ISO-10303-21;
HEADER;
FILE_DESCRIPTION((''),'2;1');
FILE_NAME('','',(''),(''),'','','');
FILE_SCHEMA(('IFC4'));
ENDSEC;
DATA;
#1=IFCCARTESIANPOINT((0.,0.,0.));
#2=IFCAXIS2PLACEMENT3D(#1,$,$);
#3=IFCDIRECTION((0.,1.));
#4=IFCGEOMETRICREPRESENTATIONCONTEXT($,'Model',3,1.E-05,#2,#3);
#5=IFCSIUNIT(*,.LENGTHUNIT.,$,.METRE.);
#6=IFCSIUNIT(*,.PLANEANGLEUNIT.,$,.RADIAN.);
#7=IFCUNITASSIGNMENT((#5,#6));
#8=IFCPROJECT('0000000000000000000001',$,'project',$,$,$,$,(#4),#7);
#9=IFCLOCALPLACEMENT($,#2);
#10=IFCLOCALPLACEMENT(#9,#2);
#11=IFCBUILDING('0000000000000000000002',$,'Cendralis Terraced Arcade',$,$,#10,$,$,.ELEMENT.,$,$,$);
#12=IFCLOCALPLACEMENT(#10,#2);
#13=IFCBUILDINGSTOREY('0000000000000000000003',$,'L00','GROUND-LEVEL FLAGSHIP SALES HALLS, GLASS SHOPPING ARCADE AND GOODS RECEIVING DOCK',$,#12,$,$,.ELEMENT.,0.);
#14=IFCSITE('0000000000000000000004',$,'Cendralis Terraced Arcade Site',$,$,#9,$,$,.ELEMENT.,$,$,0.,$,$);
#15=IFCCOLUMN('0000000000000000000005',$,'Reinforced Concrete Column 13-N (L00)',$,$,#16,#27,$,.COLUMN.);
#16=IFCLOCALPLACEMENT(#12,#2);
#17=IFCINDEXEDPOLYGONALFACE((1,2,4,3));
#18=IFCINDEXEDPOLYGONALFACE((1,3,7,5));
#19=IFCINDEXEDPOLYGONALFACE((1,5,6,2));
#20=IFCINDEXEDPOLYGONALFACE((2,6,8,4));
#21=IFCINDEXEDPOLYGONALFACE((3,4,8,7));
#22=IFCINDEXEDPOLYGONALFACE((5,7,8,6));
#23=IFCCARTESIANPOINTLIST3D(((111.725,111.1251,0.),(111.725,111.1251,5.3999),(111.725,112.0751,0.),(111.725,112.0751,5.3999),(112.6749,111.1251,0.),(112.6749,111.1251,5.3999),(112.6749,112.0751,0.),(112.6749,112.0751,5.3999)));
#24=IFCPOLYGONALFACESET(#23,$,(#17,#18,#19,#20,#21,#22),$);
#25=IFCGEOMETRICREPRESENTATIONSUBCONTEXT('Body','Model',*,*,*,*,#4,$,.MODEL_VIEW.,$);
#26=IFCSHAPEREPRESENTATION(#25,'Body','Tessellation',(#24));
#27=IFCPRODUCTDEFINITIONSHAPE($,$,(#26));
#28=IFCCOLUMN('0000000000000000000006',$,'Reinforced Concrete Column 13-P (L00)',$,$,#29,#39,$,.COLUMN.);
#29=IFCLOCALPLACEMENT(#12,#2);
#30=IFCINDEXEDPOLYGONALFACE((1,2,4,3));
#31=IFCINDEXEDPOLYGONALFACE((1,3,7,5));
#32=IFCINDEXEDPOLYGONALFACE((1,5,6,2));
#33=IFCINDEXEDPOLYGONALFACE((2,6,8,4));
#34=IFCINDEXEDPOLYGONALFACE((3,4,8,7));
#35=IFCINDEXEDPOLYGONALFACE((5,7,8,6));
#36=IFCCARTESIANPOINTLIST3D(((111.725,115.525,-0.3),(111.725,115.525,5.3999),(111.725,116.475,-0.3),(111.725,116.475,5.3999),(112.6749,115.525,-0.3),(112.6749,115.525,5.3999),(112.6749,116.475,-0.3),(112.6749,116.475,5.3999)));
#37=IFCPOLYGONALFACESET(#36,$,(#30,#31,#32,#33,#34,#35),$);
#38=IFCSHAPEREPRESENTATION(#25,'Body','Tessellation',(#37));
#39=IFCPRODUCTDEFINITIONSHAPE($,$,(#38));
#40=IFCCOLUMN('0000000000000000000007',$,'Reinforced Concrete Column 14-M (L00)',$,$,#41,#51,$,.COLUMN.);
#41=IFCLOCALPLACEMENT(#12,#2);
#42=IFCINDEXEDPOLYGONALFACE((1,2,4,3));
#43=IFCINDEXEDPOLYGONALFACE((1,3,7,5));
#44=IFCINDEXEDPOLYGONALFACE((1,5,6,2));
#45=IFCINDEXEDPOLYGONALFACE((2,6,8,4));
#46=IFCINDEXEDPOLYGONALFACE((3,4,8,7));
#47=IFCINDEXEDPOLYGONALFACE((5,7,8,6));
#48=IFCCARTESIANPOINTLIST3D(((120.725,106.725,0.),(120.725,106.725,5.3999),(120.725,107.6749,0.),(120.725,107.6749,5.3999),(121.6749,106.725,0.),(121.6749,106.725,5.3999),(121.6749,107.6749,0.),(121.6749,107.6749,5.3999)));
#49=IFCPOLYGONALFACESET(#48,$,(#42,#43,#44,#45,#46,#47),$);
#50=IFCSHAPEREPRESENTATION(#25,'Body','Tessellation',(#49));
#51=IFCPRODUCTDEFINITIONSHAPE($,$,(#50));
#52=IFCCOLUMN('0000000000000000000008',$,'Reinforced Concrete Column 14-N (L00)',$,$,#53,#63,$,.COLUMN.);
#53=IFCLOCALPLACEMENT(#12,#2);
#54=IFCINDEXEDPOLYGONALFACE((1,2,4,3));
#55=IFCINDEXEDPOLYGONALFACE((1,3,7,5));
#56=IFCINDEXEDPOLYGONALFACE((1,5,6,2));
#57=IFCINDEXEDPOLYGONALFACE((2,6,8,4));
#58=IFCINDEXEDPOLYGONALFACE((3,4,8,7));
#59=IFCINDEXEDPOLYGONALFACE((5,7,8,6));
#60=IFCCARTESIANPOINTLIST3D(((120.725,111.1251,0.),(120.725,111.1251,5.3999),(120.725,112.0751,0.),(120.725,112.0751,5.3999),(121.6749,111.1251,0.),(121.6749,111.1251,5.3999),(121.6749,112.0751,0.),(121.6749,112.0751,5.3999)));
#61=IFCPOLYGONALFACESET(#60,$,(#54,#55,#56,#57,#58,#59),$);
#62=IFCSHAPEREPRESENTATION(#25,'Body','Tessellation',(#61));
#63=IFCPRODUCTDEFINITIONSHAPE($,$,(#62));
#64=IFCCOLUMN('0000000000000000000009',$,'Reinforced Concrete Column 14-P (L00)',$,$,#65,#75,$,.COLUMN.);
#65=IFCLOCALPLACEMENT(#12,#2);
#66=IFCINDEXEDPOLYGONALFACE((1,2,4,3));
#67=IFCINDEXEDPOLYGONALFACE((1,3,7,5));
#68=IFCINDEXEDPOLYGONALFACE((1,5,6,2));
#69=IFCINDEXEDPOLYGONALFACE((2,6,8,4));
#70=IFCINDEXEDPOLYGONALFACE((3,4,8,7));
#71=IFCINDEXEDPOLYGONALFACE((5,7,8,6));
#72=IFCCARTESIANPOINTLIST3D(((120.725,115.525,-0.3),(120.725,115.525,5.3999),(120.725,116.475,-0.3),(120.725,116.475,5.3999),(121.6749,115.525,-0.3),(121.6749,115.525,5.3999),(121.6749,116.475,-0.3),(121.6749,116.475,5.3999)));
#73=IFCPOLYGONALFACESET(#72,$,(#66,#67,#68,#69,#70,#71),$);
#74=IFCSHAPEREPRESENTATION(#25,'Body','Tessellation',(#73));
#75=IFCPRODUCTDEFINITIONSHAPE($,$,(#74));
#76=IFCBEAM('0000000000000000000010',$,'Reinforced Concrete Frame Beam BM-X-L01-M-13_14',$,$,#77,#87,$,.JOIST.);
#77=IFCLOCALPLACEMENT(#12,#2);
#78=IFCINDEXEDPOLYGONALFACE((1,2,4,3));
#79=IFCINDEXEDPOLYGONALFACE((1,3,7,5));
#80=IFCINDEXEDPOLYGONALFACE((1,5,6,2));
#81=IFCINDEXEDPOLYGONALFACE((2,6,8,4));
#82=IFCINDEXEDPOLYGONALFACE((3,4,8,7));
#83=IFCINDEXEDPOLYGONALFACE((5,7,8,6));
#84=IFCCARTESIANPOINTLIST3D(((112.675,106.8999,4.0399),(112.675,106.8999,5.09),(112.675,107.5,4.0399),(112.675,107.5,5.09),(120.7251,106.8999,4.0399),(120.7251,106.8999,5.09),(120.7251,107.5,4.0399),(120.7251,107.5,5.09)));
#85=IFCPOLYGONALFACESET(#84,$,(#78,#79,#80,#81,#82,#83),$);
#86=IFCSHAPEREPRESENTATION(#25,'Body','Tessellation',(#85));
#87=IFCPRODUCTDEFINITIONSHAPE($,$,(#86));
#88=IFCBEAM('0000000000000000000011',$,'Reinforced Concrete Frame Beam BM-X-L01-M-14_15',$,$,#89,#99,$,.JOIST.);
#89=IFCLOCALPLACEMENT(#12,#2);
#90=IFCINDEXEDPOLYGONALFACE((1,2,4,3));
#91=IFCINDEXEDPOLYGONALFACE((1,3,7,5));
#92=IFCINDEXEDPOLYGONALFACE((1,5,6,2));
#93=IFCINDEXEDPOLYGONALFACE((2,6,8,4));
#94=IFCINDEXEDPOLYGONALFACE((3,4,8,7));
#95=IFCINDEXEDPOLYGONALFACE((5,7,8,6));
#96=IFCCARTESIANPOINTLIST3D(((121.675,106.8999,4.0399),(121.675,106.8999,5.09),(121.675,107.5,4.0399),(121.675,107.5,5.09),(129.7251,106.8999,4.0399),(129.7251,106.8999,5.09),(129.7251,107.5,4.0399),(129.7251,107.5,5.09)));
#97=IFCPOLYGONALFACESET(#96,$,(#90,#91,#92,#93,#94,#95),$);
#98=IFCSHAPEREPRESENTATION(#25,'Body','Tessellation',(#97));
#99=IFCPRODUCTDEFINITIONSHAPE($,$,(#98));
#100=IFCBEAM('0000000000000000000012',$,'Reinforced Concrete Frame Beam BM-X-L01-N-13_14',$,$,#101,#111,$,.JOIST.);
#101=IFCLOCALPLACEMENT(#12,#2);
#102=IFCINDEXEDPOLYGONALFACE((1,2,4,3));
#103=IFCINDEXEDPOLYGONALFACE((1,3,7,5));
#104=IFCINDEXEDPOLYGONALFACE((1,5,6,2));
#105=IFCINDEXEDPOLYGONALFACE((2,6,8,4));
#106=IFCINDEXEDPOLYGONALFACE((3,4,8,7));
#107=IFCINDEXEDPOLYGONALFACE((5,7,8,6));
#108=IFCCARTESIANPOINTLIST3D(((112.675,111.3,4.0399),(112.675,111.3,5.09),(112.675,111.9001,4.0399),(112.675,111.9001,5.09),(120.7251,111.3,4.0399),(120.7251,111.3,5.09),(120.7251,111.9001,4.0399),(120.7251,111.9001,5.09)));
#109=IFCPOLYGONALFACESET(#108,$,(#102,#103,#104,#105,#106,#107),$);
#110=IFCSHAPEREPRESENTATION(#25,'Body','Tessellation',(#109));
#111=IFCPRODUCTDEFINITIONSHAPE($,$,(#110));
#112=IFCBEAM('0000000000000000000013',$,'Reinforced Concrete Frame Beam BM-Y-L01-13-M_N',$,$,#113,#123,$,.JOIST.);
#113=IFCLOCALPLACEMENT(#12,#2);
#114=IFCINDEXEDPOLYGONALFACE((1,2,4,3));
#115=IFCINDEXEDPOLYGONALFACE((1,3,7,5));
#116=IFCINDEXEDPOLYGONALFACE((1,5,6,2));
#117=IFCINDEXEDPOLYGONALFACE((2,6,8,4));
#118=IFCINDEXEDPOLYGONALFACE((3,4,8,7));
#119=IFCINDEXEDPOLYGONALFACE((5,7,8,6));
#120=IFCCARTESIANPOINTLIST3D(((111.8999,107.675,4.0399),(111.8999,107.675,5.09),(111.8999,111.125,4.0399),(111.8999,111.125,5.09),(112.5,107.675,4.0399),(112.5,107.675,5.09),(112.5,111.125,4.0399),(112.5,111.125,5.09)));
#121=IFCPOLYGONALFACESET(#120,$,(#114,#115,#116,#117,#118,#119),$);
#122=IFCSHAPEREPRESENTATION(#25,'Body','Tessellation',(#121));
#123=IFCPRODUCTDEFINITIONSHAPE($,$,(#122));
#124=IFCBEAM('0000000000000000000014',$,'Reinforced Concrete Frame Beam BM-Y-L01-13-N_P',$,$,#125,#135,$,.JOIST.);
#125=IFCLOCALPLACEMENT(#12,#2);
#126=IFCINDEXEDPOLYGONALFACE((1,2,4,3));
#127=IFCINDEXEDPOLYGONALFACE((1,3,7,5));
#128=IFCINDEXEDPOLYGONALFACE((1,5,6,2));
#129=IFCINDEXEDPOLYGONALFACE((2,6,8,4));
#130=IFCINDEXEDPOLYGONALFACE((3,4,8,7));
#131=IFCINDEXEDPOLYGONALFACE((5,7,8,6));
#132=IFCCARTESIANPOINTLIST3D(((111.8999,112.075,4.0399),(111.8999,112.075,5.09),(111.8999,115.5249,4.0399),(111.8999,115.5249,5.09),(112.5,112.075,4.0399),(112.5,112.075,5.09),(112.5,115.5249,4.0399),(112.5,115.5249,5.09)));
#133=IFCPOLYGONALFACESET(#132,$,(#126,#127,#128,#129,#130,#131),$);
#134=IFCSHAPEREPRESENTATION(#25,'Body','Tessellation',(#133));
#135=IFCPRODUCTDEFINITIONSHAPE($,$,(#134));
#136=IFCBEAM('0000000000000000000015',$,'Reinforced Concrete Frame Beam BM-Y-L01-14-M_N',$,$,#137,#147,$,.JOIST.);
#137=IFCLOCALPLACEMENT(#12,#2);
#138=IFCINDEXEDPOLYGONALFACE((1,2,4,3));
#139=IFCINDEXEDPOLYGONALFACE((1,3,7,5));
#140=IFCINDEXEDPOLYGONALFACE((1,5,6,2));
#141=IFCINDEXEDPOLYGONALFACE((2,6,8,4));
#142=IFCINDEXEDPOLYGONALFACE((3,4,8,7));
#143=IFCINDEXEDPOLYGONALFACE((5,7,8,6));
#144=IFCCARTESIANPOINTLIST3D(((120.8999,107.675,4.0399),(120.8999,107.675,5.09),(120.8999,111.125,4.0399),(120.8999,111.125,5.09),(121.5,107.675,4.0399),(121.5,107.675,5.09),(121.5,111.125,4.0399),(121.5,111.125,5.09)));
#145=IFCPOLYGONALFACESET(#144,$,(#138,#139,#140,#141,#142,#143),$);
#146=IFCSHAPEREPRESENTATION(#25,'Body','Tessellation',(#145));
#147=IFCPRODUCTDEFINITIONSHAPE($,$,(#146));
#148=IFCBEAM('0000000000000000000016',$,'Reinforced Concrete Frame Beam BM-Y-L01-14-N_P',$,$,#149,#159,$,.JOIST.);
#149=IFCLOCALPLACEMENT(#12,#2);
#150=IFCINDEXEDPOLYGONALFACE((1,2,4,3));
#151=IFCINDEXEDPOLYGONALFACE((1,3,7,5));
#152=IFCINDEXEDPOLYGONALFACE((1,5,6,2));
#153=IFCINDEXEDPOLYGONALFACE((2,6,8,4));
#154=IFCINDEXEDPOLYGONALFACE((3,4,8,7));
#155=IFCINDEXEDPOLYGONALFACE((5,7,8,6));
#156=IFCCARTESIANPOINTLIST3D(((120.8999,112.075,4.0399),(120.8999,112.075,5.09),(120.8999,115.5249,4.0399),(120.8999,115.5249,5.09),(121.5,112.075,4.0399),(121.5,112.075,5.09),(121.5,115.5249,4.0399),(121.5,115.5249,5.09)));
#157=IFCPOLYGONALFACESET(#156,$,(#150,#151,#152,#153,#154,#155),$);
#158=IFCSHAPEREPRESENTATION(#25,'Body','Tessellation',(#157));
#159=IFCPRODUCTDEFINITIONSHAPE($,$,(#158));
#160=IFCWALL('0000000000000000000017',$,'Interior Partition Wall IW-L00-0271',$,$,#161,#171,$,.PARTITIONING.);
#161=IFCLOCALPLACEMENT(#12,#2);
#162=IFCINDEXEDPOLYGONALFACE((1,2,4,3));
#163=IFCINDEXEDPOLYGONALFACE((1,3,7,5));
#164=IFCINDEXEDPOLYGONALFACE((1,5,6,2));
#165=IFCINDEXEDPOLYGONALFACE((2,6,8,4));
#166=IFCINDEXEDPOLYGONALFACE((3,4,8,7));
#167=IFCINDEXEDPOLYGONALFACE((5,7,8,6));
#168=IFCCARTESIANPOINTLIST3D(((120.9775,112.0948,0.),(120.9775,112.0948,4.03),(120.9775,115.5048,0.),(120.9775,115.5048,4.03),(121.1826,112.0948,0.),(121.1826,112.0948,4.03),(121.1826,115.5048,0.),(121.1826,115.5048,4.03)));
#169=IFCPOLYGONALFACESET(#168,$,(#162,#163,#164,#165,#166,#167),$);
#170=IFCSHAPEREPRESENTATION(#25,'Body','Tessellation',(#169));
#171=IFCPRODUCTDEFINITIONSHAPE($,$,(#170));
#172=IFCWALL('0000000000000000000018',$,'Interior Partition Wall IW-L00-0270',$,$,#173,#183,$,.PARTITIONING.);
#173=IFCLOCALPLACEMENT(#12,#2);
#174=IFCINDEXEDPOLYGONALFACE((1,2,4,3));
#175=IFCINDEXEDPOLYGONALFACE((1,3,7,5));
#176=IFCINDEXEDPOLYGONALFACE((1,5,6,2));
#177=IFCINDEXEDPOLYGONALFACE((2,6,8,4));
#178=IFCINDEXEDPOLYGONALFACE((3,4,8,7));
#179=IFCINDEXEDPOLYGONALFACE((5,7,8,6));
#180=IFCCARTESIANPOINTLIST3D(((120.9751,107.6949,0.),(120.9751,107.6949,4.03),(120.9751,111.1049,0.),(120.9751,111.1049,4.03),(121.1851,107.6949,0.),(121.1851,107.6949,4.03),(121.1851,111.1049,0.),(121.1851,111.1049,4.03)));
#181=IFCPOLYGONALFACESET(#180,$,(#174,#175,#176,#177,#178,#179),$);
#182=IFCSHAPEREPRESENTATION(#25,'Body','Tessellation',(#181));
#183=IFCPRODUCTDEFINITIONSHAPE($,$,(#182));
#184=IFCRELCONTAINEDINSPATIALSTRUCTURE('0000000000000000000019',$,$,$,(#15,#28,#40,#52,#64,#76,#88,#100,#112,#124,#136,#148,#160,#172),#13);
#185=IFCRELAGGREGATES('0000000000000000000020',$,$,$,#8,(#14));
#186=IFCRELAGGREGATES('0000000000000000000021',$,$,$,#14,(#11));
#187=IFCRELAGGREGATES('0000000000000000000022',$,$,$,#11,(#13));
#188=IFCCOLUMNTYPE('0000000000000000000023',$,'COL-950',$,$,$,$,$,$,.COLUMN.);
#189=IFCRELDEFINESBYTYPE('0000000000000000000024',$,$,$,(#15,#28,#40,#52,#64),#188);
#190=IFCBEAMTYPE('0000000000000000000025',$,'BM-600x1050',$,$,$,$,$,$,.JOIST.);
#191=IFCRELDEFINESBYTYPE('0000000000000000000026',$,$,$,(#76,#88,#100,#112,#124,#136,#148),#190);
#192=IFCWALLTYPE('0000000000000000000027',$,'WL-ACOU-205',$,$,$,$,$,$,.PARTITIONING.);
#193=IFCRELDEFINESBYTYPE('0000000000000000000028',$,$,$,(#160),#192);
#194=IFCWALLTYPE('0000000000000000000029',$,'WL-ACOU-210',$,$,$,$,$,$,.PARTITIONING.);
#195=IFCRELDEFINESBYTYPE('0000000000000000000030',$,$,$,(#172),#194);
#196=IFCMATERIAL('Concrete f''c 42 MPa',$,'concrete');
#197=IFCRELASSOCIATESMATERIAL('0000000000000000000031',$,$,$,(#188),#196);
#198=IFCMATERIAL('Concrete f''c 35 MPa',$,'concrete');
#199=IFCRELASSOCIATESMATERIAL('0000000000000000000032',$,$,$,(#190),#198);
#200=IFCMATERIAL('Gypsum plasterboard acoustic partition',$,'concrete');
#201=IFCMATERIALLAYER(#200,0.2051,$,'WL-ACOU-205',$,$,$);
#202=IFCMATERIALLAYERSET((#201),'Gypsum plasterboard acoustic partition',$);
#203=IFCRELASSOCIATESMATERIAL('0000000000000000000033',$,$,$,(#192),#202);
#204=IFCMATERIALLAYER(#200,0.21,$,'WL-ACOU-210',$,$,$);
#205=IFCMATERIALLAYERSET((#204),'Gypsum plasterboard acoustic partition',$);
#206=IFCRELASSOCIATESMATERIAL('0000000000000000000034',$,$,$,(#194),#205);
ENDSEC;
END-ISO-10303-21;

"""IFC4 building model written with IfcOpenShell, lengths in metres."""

from ifc_helpers import new_model, si_unit, direction, frame, frame_2d, origin, origin_2d, place, context, subcontext, project, spatial, rectangle, extrude, material, layer, layer_set, material_profile, profile_set, type_object, element, save


model = new_model("IFC4")

# Units and contexts
model_context = context("Model", 3, precision=1e-05, world=origin(), true_north=direction((0.0, 1.0)))
body_context = subcontext(model_context, "Body", "Model", "MODEL_VIEW")
ifc_project = project(units=[si_unit("LENGTHUNIT", "METRE"), si_unit("PLANEANGLEUNIT", "RADIAN")], contexts=[model_context])

# Site, building, storey
site_placement = place(None, origin())
site = spatial("IfcSite", under=ifc_project, at=site_placement, Name="Cendralis Terraced Arcade Site", CompositionType="ELEMENT", RefElevation=0.0)
building_placement = place(site_placement, origin())
building = spatial("IfcBuilding", under=site, at=building_placement, Name="Cendralis Terraced Arcade", CompositionType="ELEMENT")
storey_placement = place(building_placement, origin())
storey = spatial("IfcBuildingStorey", under=building, at=storey_placement, Name="L00", Description="GROUND-LEVEL FLAGSHIP SALES HALLS, GLASS SHOPPING ARCADE AND GOODS RECEIVING DOCK", CompositionType="ELEMENT", Elevation=0.0)

# Shared definitions
ifc_material_1 = material(Name="Concrete f'c 35 MPa", Category="concrete")

# Columns
ifc_material_2 = material(Name="Concrete f'c 42 MPa", Category="concrete")
ifc_material_profile_1 = material_profile(ifc_material_2, rectangle(XDim=0.95, YDim=0.95, at=origin_2d()), Name="RC-COL-950x950", Category="LoadBearing")
ifc_profile_set_1 = profile_set([ifc_material_profile_1], Name="Concrete f'c 42 MPa")
column_type = type_object("IfcColumnType", Name="COL-950", PredefinedType="COLUMN", material=ifc_profile_set_1)
for number, where, z_axis, x_axis, name in (
    (1, (112.2, 111.6001, 0.0), (0.0, 0.0, 1.0), (1.0, 0.0, 0.0), "Reinforced Concrete Column 13-N (L00)"),
):
    element("IfcColumn", number, at=place(storey_placement, frame(where, z_axis=z_axis, x_axis=x_axis)), inside=storey, type_object=column_type, Name=name, PredefinedType="COLUMN", context=body_context, shape_type="SweptSolid", body=[
        extrude(rectangle(XDim=0.95, YDim=0.95, at=origin_2d()), origin(), (0.0, 0.0, 1.0), 5.3999),
    ])
column_1_placement = place(storey_placement, frame((112.2, 116.0, -0.3), z_axis=(0.0, 0.0, 1.0), x_axis=(1.0, 0.0, 0.0)))
element("IfcColumn", 2, at=column_1_placement, inside=storey, type_object=column_type, Name="Reinforced Concrete Column 13-P (L00)", PredefinedType="COLUMN", context=body_context, shape_type="SweptSolid", body=[
    extrude(rectangle(XDim=0.95, YDim=0.95, at=origin_2d()), origin(), (0.0, 0.0, 1.0), 5.7),
])
for number, where, z_axis, x_axis, name in (
    (3, (121.2, 107.2, 0.0), (0.0, 0.0, 1.0), (1.0, 0.0, 0.0), "Reinforced Concrete Column 14-M (L00)"),
    (4, (121.2, 111.6001, 0.0), (0.0, 0.0, 1.0), (1.0, 0.0, 0.0), "Reinforced Concrete Column 14-N (L00)"),
):
    element("IfcColumn", number, at=place(storey_placement, frame(where, z_axis=z_axis, x_axis=x_axis)), inside=storey, type_object=column_type, Name=name, PredefinedType="COLUMN", context=body_context, shape_type="SweptSolid", body=[
        extrude(rectangle(XDim=0.95, YDim=0.95, at=origin_2d()), origin(), (0.0, 0.0, 1.0), 5.3999),
    ])
column_2_placement = place(storey_placement, frame((121.2, 116.0, -0.3), z_axis=(0.0, 0.0, 1.0), x_axis=(1.0, 0.0, 0.0)))
element("IfcColumn", 5, at=column_2_placement, inside=storey, type_object=column_type, Name="Reinforced Concrete Column 14-P (L00)", PredefinedType="COLUMN", context=body_context, shape_type="SweptSolid", body=[
    extrude(rectangle(XDim=0.95, YDim=0.95, at=origin_2d()), origin(), (0.0, 0.0, 1.0), 5.7),
])

# Beams
ifc_material_profile_2 = material_profile(ifc_material_1, rectangle(XDim=0.6001, YDim=1.05, at=origin_2d()), Name="RC-BM-600x1050", Category="LoadBearing")
ifc_profile_set_2 = profile_set([ifc_material_profile_2], Name="Concrete f'c 35 MPa")
beam_type = type_object("IfcBeamType", Name="BM-600x1050", PredefinedType="JOIST", material=ifc_profile_set_2)
for number, where, z_axis, x_axis, name in (
    (6, (112.675, 107.2, 4.5649), (1.0, 0.0, 0.0), (0.0, 1.0, 0.0), "Reinforced Concrete Frame Beam BM-X-L01-M-13_14"),
    (7, (121.675, 107.2, 4.5649), (1.0, 0.0, 0.0), (0.0, 1.0, 0.0), "Reinforced Concrete Frame Beam BM-X-L01-M-14_15"),
    (8, (112.675, 111.6001, 4.5649), (1.0, 0.0, 0.0), (0.0, 1.0, 0.0), "Reinforced Concrete Frame Beam BM-X-L01-N-13_14"),
):
    element("IfcBeam", number, at=place(storey_placement, frame(where, z_axis=z_axis, x_axis=x_axis)), inside=storey, type_object=beam_type, Name=name, PredefinedType="JOIST", context=body_context, shape_type="SweptSolid", body=[
        extrude(rectangle(XDim=0.6001, YDim=1.05, at=origin_2d()), origin(), (0.0, 0.0, 1.0), 8.05),
    ])
for number, where, z_axis, x_axis, name in (
    (9, (112.2, 107.675, 4.5649), (0.0, 1.0, 0.0), (-1.0, 0.0, 0.0), "Reinforced Concrete Frame Beam BM-Y-L01-13-M_N"),
    (10, (112.2, 112.075, 4.5649), (0.0, 1.0, 0.0), (-1.0, 0.0, 0.0), "Reinforced Concrete Frame Beam BM-Y-L01-13-N_P"),
    (11, (121.2, 107.675, 4.5649), (0.0, 1.0, 0.0), (-1.0, 0.0, 0.0), "Reinforced Concrete Frame Beam BM-Y-L01-14-M_N"),
    (12, (121.2, 112.075, 4.5649), (0.0, 1.0, 0.0), (-1.0, 0.0, 0.0), "Reinforced Concrete Frame Beam BM-Y-L01-14-N_P"),
):
    element("IfcBeam", number, at=place(storey_placement, frame(where, z_axis=z_axis, x_axis=x_axis)), inside=storey, type_object=beam_type, Name=name, PredefinedType="JOIST", context=body_context, shape_type="SweptSolid", body=[
        extrude(rectangle(XDim=0.6001, YDim=1.05, at=origin_2d()), origin(), (0.0, 0.0, 1.0), 3.45),
    ])

# Walls
ifc_material_3 = material(Name="Gypsum plasterboard acoustic partition", Category="concrete")
ifc_layer_1 = layer(ifc_material_3, 0.2051, Name="WL-ACOU-205")
ifc_layer_set_1 = layer_set([ifc_layer_1], Name="Gypsum plasterboard acoustic partition")
wall_type_1 = type_object("IfcWallType", Name="WL-ACOU-205", PredefinedType="PARTITIONING", material=ifc_layer_set_1)
wall_1_placement = place(storey_placement, frame((121.0801, 115.5049, 0.0), z_axis=(0.0, 0.0, 1.0), x_axis=(0.0, -1.0, 0.0)))
element("IfcWall", 13, at=wall_1_placement, inside=storey, type_object=wall_type_1, Name="Interior Partition Wall IW-L00-0271", PredefinedType="PARTITIONING", context=body_context, shape_type="SweptSolid", body=[
    extrude(rectangle(XDim=3.4099, YDim=0.2051, at=frame_2d((1.7051, 0.0))), origin(), (0.0, 0.0, 1.0), 4.03),
])
ifc_layer_2 = layer(ifc_material_3, 0.21, Name="WL-ACOU-210")
ifc_layer_set_2 = layer_set([ifc_layer_2], Name="Gypsum plasterboard acoustic partition")
wall_type_2 = type_object("IfcWallType", Name="WL-ACOU-210", PredefinedType="PARTITIONING", material=ifc_layer_set_2)
wall_2_placement = place(storey_placement, frame((121.0801, 111.105, 0.0), z_axis=(0.0, 0.0, 1.0), x_axis=(0.0, -1.0, 0.0)))
element("IfcWall", 14, at=wall_2_placement, inside=storey, type_object=wall_type_2, Name="Interior Partition Wall IW-L00-0270", PredefinedType="PARTITIONING", context=body_context, shape_type="SweptSolid", body=[
    extrude(rectangle(XDim=3.4099, YDim=0.21, at=frame_2d((1.7051, 0.0))), origin(), (0.0, 0.0, 1.0), 4.03),
])

save(model, "model.ifc")
